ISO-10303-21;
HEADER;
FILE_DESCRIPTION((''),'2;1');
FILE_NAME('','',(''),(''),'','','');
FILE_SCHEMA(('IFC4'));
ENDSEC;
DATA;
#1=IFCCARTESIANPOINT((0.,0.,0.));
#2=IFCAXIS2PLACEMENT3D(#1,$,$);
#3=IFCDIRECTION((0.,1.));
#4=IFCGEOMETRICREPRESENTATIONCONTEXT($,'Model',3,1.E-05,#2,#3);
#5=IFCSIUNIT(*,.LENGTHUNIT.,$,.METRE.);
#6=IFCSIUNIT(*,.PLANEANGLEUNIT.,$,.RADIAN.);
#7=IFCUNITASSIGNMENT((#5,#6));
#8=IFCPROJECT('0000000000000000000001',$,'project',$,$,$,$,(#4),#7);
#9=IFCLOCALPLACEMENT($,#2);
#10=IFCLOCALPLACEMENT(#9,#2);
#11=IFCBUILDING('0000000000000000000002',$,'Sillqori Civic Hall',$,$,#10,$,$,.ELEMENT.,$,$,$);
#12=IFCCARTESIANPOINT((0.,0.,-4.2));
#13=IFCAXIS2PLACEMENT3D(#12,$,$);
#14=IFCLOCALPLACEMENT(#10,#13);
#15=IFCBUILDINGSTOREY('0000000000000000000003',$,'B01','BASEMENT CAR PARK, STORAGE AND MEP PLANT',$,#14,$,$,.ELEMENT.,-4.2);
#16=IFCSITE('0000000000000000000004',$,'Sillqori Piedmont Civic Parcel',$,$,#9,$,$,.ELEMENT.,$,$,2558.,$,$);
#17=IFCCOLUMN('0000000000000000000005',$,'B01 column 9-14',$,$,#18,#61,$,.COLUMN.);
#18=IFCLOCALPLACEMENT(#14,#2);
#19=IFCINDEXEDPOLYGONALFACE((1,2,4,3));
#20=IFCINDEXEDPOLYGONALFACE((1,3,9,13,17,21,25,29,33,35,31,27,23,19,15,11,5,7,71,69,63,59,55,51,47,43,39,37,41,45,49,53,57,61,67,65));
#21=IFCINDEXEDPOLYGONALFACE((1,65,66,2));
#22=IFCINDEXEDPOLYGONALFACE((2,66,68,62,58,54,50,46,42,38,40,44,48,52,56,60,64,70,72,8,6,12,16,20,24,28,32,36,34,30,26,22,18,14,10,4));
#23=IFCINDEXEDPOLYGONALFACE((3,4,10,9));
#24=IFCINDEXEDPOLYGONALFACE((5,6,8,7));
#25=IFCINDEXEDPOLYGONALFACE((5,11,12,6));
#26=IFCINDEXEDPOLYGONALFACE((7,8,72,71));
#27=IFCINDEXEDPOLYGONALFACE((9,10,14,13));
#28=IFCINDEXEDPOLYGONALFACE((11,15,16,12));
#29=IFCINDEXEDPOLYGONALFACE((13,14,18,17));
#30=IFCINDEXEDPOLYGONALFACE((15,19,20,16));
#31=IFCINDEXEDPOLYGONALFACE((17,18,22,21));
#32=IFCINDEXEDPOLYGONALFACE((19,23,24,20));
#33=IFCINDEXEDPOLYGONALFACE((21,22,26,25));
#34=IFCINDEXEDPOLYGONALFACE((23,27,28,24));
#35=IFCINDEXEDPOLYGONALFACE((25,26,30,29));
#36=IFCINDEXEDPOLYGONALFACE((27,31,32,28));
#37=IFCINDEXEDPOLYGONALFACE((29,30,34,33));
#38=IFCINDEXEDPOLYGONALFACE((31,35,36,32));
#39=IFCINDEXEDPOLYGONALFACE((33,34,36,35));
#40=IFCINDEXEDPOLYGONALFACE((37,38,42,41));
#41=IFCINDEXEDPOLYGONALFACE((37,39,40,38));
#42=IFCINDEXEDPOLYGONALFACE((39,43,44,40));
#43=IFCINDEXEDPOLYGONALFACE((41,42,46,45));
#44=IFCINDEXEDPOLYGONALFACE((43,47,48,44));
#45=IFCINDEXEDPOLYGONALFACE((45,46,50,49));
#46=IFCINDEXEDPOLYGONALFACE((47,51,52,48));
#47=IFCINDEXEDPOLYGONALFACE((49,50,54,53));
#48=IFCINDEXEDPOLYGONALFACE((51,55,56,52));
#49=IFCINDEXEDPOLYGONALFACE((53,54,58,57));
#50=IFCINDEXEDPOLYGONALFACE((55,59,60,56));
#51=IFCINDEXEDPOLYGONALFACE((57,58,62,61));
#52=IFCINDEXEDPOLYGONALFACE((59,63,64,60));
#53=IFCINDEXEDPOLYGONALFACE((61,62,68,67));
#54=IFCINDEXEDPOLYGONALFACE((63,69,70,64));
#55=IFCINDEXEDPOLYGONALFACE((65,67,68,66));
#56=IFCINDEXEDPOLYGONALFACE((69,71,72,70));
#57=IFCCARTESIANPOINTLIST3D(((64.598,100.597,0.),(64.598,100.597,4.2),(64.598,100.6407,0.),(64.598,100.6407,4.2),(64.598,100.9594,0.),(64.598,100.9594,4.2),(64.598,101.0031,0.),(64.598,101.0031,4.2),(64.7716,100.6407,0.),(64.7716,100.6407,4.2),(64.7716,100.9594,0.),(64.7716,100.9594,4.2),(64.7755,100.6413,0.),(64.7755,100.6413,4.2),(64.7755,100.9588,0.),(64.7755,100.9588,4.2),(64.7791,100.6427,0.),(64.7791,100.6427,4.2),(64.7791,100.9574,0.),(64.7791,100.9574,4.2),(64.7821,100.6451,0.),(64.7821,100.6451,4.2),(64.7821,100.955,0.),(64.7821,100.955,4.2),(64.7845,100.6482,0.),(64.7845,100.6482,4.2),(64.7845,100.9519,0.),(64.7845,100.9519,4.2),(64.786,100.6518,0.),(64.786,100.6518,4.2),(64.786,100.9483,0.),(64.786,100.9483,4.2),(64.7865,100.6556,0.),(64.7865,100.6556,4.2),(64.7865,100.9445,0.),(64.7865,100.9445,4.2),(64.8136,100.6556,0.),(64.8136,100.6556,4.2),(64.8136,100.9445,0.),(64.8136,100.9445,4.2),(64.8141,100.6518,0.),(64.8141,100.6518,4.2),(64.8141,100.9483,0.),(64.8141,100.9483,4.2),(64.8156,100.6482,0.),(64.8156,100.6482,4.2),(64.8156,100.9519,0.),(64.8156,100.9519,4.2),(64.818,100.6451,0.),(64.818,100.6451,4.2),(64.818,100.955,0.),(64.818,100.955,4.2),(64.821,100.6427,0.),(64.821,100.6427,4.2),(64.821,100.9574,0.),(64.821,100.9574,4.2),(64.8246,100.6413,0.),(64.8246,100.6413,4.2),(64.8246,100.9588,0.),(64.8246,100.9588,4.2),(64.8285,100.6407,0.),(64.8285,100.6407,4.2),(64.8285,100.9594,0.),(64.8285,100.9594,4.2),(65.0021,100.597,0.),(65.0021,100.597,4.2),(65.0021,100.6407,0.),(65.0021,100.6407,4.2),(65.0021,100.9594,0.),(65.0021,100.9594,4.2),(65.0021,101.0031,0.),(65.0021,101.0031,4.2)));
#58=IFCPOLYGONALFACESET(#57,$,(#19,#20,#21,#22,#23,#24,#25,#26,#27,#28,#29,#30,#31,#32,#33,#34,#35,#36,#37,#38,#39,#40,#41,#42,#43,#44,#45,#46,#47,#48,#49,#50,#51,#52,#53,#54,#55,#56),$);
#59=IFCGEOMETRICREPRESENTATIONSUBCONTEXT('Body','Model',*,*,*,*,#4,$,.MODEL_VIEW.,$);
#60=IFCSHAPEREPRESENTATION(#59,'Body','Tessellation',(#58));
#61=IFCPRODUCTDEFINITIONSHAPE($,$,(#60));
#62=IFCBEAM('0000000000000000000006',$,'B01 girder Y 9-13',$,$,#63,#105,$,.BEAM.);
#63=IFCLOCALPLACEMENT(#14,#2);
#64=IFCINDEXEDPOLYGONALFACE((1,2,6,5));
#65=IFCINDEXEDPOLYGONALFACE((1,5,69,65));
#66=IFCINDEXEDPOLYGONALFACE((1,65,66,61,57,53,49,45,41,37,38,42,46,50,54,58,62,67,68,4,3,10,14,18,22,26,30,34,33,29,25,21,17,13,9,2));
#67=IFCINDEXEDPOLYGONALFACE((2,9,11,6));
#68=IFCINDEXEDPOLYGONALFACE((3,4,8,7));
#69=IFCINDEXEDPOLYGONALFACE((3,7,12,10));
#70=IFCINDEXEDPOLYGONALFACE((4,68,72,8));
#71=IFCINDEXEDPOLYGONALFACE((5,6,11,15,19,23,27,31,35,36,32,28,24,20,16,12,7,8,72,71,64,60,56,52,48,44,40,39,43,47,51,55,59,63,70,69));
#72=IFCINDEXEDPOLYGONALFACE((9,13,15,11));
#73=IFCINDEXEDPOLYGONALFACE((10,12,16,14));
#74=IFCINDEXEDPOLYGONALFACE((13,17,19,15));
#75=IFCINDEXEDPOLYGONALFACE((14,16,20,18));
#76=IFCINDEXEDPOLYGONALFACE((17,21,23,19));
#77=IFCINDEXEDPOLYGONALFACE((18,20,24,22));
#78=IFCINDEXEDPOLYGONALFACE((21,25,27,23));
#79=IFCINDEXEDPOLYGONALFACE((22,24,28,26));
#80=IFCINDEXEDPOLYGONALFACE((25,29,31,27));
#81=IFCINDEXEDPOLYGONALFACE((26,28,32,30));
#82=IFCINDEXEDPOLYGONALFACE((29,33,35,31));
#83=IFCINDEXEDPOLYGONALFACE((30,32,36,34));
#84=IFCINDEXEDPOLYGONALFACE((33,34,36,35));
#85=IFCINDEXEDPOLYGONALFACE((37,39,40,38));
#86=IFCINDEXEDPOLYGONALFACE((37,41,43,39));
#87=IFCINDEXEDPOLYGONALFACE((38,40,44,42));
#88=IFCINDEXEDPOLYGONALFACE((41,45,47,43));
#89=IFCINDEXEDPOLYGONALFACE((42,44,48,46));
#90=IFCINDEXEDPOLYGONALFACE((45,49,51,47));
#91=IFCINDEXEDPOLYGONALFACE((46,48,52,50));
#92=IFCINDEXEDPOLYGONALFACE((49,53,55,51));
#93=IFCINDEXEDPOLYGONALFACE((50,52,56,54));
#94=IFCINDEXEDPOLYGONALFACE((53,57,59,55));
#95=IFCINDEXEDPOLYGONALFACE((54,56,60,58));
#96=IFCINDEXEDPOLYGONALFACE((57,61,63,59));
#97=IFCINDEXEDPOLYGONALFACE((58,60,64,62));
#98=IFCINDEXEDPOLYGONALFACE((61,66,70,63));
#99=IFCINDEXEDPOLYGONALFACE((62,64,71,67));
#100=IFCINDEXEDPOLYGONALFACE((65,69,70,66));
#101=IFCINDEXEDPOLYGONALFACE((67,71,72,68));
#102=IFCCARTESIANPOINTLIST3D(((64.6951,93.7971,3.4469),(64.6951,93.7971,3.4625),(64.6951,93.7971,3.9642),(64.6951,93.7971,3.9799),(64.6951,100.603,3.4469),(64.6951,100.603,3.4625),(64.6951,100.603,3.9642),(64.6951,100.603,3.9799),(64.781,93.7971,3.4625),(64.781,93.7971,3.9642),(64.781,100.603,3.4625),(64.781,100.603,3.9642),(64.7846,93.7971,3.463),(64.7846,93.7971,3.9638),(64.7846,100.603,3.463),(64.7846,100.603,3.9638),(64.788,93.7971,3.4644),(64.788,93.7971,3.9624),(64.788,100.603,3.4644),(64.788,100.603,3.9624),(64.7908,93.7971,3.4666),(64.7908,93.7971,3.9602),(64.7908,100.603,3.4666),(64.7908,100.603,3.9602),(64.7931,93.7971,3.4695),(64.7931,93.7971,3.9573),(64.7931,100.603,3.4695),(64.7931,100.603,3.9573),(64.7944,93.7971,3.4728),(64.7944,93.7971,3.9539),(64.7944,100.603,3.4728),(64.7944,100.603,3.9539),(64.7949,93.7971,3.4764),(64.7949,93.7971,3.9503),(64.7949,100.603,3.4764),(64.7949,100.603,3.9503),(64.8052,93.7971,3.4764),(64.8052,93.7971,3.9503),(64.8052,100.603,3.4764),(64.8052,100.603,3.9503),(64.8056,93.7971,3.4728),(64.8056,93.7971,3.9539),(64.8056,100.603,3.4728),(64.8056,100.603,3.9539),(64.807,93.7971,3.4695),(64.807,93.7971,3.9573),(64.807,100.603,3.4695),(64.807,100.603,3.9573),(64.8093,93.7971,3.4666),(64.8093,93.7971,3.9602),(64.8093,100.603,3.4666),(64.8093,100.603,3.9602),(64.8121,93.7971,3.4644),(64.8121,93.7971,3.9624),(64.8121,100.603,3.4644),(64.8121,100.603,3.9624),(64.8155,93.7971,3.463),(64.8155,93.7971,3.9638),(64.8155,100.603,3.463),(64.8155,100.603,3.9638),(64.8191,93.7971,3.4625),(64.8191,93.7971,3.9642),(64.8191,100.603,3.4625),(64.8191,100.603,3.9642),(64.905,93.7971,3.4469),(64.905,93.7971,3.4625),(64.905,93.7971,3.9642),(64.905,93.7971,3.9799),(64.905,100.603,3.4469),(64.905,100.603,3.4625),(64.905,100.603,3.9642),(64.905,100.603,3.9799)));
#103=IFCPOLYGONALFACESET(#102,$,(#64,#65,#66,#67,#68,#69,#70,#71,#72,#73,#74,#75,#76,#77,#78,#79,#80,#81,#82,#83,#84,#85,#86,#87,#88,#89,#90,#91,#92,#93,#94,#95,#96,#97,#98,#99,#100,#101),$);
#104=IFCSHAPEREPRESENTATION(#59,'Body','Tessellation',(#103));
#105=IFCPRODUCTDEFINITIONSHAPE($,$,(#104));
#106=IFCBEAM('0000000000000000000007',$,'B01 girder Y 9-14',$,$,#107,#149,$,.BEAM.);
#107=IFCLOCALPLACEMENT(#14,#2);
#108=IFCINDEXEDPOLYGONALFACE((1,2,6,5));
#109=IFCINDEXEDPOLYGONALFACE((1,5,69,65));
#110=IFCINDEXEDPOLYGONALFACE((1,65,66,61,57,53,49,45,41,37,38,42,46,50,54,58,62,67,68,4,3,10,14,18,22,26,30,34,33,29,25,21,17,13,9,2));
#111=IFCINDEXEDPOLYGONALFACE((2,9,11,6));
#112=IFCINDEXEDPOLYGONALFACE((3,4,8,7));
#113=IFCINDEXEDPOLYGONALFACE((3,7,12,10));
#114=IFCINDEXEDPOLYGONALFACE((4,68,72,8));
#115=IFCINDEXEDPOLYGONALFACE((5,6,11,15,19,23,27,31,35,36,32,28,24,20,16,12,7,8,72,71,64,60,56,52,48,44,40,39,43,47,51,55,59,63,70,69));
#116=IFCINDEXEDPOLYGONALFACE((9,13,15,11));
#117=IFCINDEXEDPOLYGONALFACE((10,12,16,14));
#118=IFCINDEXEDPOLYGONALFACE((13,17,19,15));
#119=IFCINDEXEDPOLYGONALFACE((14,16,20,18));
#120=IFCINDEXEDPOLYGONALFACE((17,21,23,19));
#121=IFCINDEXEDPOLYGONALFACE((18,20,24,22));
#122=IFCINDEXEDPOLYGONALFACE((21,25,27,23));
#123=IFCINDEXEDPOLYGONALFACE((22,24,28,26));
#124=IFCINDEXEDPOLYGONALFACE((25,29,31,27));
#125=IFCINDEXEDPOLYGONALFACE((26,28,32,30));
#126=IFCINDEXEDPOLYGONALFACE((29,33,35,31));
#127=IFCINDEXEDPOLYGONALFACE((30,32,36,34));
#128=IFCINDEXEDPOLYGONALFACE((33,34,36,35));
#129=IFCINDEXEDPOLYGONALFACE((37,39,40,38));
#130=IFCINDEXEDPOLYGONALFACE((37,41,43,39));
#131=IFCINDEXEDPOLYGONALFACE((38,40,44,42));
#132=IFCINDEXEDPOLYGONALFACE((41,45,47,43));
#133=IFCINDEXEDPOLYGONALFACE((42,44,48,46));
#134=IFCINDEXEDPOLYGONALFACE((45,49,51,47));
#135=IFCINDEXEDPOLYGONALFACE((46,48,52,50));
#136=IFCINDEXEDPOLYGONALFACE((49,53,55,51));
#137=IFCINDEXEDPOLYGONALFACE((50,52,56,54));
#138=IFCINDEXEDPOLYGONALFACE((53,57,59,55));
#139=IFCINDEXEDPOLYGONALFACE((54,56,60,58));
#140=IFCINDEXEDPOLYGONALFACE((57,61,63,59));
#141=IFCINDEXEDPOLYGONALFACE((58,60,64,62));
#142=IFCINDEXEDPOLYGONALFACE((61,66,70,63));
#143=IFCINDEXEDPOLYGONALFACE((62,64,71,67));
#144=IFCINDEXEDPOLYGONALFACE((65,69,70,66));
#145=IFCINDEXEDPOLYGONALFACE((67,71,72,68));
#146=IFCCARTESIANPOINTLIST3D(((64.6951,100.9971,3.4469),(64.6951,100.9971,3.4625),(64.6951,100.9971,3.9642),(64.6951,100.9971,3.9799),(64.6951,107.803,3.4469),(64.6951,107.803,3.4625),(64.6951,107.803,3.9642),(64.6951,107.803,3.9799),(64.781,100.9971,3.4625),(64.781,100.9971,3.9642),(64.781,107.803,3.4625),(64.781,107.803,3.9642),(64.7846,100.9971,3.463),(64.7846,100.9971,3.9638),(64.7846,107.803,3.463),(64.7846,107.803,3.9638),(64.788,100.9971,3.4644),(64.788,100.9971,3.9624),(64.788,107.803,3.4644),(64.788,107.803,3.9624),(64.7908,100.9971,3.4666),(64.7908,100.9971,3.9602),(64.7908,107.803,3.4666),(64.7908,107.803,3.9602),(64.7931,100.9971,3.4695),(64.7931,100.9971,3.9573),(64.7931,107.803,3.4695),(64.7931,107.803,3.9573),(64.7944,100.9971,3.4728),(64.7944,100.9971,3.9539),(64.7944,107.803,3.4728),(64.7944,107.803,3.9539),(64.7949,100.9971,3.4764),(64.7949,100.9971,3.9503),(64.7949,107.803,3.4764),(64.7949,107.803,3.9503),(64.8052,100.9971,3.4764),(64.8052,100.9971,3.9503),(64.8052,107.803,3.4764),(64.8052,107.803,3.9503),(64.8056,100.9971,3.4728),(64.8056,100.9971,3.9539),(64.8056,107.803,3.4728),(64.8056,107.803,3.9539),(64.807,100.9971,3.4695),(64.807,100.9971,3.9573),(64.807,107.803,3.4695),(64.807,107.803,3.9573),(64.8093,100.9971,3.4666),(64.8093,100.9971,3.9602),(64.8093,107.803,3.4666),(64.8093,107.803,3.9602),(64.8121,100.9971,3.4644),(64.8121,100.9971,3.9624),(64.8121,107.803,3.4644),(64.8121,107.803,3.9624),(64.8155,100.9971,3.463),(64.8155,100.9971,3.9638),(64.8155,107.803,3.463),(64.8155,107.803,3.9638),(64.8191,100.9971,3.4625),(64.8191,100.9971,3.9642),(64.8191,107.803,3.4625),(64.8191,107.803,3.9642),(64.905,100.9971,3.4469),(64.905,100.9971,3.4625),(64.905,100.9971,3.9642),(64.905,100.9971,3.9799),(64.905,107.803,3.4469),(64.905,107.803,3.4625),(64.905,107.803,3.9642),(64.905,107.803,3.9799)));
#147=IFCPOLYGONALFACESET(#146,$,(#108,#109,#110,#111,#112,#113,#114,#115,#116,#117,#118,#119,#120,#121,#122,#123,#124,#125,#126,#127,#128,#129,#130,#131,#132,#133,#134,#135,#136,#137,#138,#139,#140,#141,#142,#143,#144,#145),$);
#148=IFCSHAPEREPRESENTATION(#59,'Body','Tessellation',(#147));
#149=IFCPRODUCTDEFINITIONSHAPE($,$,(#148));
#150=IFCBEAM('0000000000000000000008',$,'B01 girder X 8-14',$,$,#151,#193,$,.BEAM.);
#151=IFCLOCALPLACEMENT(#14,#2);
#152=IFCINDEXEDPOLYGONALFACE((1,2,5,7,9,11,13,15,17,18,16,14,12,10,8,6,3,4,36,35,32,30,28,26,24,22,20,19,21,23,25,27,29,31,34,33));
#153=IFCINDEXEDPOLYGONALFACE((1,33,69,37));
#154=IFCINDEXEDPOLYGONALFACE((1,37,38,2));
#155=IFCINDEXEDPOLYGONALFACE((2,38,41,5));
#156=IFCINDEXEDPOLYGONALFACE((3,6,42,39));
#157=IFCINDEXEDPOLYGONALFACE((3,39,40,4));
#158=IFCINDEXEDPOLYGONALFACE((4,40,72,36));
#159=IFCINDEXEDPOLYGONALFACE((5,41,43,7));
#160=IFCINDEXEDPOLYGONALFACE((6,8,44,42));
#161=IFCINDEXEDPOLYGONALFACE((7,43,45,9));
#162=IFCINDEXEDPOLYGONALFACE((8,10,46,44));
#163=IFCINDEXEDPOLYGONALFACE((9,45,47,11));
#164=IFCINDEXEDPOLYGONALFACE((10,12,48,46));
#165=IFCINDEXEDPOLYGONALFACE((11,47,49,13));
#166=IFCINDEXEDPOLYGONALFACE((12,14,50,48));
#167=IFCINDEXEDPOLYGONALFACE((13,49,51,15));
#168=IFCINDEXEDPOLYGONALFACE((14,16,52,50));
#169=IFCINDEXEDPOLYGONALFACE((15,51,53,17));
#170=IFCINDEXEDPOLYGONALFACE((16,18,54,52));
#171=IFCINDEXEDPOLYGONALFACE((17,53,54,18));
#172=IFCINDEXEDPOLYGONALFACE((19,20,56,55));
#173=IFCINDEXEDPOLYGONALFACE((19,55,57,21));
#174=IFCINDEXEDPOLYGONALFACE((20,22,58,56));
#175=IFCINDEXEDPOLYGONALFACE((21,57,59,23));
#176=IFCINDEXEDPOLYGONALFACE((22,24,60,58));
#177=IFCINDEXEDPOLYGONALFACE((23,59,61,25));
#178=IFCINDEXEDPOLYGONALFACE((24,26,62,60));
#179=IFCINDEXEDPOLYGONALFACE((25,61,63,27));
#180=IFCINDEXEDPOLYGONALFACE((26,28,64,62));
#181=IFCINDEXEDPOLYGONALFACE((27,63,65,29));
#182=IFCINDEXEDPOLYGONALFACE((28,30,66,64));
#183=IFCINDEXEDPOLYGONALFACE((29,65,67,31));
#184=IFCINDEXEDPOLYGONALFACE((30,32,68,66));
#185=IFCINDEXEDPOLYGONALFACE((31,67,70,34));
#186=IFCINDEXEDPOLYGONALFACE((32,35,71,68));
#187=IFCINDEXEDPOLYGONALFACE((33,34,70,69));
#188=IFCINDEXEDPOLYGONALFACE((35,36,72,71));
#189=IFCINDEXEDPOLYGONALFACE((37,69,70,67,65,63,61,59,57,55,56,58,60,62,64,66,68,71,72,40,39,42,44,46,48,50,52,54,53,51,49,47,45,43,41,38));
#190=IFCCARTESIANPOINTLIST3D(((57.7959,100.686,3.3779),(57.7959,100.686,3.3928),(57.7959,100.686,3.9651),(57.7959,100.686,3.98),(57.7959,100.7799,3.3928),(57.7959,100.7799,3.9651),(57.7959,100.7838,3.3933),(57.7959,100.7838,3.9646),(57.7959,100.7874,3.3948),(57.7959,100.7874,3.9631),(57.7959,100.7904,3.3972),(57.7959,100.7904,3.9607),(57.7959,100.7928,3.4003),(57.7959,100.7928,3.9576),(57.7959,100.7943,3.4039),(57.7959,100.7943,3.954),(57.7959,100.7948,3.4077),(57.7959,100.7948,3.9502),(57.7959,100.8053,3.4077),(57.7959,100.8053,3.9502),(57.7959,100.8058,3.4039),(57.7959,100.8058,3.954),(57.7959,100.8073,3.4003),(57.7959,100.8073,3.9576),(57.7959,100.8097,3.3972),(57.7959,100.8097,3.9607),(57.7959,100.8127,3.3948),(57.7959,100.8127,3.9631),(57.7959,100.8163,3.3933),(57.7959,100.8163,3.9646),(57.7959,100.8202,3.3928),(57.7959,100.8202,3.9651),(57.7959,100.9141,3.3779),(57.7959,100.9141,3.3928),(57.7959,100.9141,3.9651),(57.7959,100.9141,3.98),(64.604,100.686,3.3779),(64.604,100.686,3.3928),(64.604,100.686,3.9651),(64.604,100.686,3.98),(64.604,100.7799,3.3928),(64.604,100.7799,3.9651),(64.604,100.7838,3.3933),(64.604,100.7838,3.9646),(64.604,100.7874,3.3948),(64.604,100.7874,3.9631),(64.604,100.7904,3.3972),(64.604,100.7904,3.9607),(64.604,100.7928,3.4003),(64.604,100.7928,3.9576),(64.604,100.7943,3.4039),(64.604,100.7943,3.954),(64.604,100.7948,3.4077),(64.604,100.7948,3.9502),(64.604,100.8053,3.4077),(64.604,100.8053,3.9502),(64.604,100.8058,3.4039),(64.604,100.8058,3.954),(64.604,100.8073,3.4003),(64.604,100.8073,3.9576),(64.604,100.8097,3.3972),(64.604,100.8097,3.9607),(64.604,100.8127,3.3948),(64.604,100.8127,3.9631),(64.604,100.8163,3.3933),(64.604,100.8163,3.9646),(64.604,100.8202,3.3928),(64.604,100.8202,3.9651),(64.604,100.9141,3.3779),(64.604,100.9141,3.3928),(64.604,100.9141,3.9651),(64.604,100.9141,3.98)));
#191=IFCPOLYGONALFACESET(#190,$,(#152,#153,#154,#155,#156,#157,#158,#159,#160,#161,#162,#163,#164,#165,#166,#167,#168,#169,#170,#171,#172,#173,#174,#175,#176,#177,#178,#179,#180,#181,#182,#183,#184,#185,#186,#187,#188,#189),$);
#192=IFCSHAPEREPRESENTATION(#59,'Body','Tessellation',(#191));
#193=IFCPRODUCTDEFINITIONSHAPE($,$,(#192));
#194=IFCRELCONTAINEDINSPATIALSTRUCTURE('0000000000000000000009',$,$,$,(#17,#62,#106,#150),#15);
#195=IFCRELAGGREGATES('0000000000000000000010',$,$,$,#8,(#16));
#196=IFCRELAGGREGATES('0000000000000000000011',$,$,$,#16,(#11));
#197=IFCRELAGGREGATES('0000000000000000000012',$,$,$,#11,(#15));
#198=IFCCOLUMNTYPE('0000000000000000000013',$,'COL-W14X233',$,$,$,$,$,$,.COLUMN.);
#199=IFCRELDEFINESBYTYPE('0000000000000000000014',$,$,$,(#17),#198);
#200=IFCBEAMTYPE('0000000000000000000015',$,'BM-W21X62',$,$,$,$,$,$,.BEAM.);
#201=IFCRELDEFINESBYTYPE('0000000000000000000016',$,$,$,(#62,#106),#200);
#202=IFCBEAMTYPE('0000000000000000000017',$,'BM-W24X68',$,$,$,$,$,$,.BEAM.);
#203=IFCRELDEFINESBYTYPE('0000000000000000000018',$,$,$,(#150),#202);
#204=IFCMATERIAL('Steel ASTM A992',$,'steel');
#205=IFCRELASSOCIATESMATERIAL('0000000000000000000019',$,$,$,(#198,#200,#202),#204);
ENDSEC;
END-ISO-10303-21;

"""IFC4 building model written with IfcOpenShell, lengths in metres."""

from ifc_helpers import new_model, si_unit, direction, frame, origin, origin_2d, place, context, subcontext, project, spatial, i_section, extrude, material, material_profile, profile_set, type_object, element, save


model = new_model("IFC4")

# Units and contexts
model_context = context("Model", 3, precision=1e-05, world=origin(), true_north=direction((0.0, 1.0)))
body_context = subcontext(model_context, "Body", "Model", "MODEL_VIEW")
ifc_project = project(units=[si_unit("LENGTHUNIT", "METRE"), si_unit("PLANEANGLEUNIT", "RADIAN")], contexts=[model_context])

# Site, building, storey
site_placement = place(None, origin())
site = spatial("IfcSite", under=ifc_project, at=site_placement, Name="Sillqori Piedmont Civic Parcel", CompositionType="ELEMENT", RefElevation=2558.0)
building_placement = place(site_placement, origin())
building = spatial("IfcBuilding", under=site, at=building_placement, Name="Sillqori Civic Hall", CompositionType="ELEMENT")
storey_placement = place(building_placement, frame((0.0, 0.0, -4.2)))
storey = spatial("IfcBuildingStorey", under=building, at=storey_placement, Name="B01", Description="BASEMENT CAR PARK, STORAGE AND MEP PLANT", CompositionType="ELEMENT", Elevation=-4.2)

# Column
ifc_material_1 = material(Name="Steel ASTM A992", Category="steel")
ifc_material_profile_1 = material_profile(ifc_material_1, i_section(OverallWidth=0.4041, OverallDepth=0.406, WebThickness=0.0271, FlangeThickness=0.0437, FilletRadius=0.0149, at=origin_2d()), Name="W14X233")
ifc_profile_set_1 = profile_set([ifc_material_profile_1], Name="Steel ASTM A992")
column_type = type_object("IfcColumnType", Name="COL-W14X233", PredefinedType="COLUMN", material=ifc_profile_set_1)
for number, where, z_axis, x_axis, name in (
    (1, (64.8, 100.8, 0.0), (0.0, 0.0, 1.0), (1.0, 0.0, 0.0), "B01 column 9-14"),
):
    element("IfcColumn", number, at=place(storey_placement, frame(where, z_axis=z_axis, x_axis=x_axis)), inside=storey, type_object=column_type, Name=name, PredefinedType="COLUMN", context=body_context, shape_type="SweptSolid", body=[
        extrude(i_section(OverallWidth=0.4041, OverallDepth=0.406, WebThickness=0.0271, FlangeThickness=0.0437, FilletRadius=0.0149, at=origin_2d()), origin(), (0.0, 0.0, 1.0), 4.2),
    ])

# Beams
ifc_material_profile_2 = material_profile(ifc_material_1, i_section(OverallWidth=0.21, OverallDepth=0.533, WebThickness=0.0103, FlangeThickness=0.0156, FilletRadius=0.0139, at=origin_2d()), Name="W21X62")
ifc_profile_set_2 = profile_set([ifc_material_profile_2], Name="Steel ASTM A992")
beam_type_1 = type_object("IfcBeamType", Name="BM-W21X62", PredefinedType="BEAM", material=ifc_profile_set_2)
for number, where, z_axis, x_axis, name in (
    (2, (64.8, 93.7971, 3.7134), (0.0, 1.0, 0.0), (-1.0, 0.0, 0.0), "B01 girder Y 9-13"),
    (3, (64.8, 100.9971, 3.7134), (0.0, 1.0, 0.0), (-1.0, 0.0, 0.0), "B01 girder Y 9-14"),
):
    element("IfcBeam", number, at=place(storey_placement, frame(where, z_axis=z_axis, x_axis=x_axis)), inside=storey, type_object=beam_type_1, Name=name, PredefinedType="BEAM", context=body_context, shape_type="SweptSolid", body=[
        extrude(i_section(OverallWidth=0.21, OverallDepth=0.533, WebThickness=0.0103, FlangeThickness=0.0156, FilletRadius=0.0139, at=origin_2d()), origin(), (0.0, 0.0, 1.0), 6.8059),
    ])
ifc_material_profile_3 = material_profile(ifc_material_1, i_section(OverallWidth=0.228, OverallDepth=0.6021, WebThickness=0.0105, FlangeThickness=0.0149, FilletRadius=0.0149, at=origin_2d()), Name="W24X68")
ifc_profile_set_3 = profile_set([ifc_material_profile_3], Name="Steel ASTM A992")
beam_type_2 = type_object("IfcBeamType", Name="BM-W24X68", PredefinedType="BEAM", material=ifc_profile_set_3)
for number, where, z_axis, x_axis, name in (
    (4, (57.7959, 100.8, 3.679), (1.0, 0.0, 0.0), (0.0, 1.0, 0.0), "B01 girder X 8-14"),
):
    element("IfcBeam", number, at=place(storey_placement, frame(where, z_axis=z_axis, x_axis=x_axis)), inside=storey, type_object=beam_type_2, Name=name, PredefinedType="BEAM", context=body_context, shape_type="SweptSolid", body=[
        extrude(i_section(OverallWidth=0.228, OverallDepth=0.6021, WebThickness=0.0105, FlangeThickness=0.0149, FilletRadius=0.0149, at=origin_2d()), origin(), (0.0, 0.0, 1.0), 6.8081),
    ])

save(model, "model.ifc")
